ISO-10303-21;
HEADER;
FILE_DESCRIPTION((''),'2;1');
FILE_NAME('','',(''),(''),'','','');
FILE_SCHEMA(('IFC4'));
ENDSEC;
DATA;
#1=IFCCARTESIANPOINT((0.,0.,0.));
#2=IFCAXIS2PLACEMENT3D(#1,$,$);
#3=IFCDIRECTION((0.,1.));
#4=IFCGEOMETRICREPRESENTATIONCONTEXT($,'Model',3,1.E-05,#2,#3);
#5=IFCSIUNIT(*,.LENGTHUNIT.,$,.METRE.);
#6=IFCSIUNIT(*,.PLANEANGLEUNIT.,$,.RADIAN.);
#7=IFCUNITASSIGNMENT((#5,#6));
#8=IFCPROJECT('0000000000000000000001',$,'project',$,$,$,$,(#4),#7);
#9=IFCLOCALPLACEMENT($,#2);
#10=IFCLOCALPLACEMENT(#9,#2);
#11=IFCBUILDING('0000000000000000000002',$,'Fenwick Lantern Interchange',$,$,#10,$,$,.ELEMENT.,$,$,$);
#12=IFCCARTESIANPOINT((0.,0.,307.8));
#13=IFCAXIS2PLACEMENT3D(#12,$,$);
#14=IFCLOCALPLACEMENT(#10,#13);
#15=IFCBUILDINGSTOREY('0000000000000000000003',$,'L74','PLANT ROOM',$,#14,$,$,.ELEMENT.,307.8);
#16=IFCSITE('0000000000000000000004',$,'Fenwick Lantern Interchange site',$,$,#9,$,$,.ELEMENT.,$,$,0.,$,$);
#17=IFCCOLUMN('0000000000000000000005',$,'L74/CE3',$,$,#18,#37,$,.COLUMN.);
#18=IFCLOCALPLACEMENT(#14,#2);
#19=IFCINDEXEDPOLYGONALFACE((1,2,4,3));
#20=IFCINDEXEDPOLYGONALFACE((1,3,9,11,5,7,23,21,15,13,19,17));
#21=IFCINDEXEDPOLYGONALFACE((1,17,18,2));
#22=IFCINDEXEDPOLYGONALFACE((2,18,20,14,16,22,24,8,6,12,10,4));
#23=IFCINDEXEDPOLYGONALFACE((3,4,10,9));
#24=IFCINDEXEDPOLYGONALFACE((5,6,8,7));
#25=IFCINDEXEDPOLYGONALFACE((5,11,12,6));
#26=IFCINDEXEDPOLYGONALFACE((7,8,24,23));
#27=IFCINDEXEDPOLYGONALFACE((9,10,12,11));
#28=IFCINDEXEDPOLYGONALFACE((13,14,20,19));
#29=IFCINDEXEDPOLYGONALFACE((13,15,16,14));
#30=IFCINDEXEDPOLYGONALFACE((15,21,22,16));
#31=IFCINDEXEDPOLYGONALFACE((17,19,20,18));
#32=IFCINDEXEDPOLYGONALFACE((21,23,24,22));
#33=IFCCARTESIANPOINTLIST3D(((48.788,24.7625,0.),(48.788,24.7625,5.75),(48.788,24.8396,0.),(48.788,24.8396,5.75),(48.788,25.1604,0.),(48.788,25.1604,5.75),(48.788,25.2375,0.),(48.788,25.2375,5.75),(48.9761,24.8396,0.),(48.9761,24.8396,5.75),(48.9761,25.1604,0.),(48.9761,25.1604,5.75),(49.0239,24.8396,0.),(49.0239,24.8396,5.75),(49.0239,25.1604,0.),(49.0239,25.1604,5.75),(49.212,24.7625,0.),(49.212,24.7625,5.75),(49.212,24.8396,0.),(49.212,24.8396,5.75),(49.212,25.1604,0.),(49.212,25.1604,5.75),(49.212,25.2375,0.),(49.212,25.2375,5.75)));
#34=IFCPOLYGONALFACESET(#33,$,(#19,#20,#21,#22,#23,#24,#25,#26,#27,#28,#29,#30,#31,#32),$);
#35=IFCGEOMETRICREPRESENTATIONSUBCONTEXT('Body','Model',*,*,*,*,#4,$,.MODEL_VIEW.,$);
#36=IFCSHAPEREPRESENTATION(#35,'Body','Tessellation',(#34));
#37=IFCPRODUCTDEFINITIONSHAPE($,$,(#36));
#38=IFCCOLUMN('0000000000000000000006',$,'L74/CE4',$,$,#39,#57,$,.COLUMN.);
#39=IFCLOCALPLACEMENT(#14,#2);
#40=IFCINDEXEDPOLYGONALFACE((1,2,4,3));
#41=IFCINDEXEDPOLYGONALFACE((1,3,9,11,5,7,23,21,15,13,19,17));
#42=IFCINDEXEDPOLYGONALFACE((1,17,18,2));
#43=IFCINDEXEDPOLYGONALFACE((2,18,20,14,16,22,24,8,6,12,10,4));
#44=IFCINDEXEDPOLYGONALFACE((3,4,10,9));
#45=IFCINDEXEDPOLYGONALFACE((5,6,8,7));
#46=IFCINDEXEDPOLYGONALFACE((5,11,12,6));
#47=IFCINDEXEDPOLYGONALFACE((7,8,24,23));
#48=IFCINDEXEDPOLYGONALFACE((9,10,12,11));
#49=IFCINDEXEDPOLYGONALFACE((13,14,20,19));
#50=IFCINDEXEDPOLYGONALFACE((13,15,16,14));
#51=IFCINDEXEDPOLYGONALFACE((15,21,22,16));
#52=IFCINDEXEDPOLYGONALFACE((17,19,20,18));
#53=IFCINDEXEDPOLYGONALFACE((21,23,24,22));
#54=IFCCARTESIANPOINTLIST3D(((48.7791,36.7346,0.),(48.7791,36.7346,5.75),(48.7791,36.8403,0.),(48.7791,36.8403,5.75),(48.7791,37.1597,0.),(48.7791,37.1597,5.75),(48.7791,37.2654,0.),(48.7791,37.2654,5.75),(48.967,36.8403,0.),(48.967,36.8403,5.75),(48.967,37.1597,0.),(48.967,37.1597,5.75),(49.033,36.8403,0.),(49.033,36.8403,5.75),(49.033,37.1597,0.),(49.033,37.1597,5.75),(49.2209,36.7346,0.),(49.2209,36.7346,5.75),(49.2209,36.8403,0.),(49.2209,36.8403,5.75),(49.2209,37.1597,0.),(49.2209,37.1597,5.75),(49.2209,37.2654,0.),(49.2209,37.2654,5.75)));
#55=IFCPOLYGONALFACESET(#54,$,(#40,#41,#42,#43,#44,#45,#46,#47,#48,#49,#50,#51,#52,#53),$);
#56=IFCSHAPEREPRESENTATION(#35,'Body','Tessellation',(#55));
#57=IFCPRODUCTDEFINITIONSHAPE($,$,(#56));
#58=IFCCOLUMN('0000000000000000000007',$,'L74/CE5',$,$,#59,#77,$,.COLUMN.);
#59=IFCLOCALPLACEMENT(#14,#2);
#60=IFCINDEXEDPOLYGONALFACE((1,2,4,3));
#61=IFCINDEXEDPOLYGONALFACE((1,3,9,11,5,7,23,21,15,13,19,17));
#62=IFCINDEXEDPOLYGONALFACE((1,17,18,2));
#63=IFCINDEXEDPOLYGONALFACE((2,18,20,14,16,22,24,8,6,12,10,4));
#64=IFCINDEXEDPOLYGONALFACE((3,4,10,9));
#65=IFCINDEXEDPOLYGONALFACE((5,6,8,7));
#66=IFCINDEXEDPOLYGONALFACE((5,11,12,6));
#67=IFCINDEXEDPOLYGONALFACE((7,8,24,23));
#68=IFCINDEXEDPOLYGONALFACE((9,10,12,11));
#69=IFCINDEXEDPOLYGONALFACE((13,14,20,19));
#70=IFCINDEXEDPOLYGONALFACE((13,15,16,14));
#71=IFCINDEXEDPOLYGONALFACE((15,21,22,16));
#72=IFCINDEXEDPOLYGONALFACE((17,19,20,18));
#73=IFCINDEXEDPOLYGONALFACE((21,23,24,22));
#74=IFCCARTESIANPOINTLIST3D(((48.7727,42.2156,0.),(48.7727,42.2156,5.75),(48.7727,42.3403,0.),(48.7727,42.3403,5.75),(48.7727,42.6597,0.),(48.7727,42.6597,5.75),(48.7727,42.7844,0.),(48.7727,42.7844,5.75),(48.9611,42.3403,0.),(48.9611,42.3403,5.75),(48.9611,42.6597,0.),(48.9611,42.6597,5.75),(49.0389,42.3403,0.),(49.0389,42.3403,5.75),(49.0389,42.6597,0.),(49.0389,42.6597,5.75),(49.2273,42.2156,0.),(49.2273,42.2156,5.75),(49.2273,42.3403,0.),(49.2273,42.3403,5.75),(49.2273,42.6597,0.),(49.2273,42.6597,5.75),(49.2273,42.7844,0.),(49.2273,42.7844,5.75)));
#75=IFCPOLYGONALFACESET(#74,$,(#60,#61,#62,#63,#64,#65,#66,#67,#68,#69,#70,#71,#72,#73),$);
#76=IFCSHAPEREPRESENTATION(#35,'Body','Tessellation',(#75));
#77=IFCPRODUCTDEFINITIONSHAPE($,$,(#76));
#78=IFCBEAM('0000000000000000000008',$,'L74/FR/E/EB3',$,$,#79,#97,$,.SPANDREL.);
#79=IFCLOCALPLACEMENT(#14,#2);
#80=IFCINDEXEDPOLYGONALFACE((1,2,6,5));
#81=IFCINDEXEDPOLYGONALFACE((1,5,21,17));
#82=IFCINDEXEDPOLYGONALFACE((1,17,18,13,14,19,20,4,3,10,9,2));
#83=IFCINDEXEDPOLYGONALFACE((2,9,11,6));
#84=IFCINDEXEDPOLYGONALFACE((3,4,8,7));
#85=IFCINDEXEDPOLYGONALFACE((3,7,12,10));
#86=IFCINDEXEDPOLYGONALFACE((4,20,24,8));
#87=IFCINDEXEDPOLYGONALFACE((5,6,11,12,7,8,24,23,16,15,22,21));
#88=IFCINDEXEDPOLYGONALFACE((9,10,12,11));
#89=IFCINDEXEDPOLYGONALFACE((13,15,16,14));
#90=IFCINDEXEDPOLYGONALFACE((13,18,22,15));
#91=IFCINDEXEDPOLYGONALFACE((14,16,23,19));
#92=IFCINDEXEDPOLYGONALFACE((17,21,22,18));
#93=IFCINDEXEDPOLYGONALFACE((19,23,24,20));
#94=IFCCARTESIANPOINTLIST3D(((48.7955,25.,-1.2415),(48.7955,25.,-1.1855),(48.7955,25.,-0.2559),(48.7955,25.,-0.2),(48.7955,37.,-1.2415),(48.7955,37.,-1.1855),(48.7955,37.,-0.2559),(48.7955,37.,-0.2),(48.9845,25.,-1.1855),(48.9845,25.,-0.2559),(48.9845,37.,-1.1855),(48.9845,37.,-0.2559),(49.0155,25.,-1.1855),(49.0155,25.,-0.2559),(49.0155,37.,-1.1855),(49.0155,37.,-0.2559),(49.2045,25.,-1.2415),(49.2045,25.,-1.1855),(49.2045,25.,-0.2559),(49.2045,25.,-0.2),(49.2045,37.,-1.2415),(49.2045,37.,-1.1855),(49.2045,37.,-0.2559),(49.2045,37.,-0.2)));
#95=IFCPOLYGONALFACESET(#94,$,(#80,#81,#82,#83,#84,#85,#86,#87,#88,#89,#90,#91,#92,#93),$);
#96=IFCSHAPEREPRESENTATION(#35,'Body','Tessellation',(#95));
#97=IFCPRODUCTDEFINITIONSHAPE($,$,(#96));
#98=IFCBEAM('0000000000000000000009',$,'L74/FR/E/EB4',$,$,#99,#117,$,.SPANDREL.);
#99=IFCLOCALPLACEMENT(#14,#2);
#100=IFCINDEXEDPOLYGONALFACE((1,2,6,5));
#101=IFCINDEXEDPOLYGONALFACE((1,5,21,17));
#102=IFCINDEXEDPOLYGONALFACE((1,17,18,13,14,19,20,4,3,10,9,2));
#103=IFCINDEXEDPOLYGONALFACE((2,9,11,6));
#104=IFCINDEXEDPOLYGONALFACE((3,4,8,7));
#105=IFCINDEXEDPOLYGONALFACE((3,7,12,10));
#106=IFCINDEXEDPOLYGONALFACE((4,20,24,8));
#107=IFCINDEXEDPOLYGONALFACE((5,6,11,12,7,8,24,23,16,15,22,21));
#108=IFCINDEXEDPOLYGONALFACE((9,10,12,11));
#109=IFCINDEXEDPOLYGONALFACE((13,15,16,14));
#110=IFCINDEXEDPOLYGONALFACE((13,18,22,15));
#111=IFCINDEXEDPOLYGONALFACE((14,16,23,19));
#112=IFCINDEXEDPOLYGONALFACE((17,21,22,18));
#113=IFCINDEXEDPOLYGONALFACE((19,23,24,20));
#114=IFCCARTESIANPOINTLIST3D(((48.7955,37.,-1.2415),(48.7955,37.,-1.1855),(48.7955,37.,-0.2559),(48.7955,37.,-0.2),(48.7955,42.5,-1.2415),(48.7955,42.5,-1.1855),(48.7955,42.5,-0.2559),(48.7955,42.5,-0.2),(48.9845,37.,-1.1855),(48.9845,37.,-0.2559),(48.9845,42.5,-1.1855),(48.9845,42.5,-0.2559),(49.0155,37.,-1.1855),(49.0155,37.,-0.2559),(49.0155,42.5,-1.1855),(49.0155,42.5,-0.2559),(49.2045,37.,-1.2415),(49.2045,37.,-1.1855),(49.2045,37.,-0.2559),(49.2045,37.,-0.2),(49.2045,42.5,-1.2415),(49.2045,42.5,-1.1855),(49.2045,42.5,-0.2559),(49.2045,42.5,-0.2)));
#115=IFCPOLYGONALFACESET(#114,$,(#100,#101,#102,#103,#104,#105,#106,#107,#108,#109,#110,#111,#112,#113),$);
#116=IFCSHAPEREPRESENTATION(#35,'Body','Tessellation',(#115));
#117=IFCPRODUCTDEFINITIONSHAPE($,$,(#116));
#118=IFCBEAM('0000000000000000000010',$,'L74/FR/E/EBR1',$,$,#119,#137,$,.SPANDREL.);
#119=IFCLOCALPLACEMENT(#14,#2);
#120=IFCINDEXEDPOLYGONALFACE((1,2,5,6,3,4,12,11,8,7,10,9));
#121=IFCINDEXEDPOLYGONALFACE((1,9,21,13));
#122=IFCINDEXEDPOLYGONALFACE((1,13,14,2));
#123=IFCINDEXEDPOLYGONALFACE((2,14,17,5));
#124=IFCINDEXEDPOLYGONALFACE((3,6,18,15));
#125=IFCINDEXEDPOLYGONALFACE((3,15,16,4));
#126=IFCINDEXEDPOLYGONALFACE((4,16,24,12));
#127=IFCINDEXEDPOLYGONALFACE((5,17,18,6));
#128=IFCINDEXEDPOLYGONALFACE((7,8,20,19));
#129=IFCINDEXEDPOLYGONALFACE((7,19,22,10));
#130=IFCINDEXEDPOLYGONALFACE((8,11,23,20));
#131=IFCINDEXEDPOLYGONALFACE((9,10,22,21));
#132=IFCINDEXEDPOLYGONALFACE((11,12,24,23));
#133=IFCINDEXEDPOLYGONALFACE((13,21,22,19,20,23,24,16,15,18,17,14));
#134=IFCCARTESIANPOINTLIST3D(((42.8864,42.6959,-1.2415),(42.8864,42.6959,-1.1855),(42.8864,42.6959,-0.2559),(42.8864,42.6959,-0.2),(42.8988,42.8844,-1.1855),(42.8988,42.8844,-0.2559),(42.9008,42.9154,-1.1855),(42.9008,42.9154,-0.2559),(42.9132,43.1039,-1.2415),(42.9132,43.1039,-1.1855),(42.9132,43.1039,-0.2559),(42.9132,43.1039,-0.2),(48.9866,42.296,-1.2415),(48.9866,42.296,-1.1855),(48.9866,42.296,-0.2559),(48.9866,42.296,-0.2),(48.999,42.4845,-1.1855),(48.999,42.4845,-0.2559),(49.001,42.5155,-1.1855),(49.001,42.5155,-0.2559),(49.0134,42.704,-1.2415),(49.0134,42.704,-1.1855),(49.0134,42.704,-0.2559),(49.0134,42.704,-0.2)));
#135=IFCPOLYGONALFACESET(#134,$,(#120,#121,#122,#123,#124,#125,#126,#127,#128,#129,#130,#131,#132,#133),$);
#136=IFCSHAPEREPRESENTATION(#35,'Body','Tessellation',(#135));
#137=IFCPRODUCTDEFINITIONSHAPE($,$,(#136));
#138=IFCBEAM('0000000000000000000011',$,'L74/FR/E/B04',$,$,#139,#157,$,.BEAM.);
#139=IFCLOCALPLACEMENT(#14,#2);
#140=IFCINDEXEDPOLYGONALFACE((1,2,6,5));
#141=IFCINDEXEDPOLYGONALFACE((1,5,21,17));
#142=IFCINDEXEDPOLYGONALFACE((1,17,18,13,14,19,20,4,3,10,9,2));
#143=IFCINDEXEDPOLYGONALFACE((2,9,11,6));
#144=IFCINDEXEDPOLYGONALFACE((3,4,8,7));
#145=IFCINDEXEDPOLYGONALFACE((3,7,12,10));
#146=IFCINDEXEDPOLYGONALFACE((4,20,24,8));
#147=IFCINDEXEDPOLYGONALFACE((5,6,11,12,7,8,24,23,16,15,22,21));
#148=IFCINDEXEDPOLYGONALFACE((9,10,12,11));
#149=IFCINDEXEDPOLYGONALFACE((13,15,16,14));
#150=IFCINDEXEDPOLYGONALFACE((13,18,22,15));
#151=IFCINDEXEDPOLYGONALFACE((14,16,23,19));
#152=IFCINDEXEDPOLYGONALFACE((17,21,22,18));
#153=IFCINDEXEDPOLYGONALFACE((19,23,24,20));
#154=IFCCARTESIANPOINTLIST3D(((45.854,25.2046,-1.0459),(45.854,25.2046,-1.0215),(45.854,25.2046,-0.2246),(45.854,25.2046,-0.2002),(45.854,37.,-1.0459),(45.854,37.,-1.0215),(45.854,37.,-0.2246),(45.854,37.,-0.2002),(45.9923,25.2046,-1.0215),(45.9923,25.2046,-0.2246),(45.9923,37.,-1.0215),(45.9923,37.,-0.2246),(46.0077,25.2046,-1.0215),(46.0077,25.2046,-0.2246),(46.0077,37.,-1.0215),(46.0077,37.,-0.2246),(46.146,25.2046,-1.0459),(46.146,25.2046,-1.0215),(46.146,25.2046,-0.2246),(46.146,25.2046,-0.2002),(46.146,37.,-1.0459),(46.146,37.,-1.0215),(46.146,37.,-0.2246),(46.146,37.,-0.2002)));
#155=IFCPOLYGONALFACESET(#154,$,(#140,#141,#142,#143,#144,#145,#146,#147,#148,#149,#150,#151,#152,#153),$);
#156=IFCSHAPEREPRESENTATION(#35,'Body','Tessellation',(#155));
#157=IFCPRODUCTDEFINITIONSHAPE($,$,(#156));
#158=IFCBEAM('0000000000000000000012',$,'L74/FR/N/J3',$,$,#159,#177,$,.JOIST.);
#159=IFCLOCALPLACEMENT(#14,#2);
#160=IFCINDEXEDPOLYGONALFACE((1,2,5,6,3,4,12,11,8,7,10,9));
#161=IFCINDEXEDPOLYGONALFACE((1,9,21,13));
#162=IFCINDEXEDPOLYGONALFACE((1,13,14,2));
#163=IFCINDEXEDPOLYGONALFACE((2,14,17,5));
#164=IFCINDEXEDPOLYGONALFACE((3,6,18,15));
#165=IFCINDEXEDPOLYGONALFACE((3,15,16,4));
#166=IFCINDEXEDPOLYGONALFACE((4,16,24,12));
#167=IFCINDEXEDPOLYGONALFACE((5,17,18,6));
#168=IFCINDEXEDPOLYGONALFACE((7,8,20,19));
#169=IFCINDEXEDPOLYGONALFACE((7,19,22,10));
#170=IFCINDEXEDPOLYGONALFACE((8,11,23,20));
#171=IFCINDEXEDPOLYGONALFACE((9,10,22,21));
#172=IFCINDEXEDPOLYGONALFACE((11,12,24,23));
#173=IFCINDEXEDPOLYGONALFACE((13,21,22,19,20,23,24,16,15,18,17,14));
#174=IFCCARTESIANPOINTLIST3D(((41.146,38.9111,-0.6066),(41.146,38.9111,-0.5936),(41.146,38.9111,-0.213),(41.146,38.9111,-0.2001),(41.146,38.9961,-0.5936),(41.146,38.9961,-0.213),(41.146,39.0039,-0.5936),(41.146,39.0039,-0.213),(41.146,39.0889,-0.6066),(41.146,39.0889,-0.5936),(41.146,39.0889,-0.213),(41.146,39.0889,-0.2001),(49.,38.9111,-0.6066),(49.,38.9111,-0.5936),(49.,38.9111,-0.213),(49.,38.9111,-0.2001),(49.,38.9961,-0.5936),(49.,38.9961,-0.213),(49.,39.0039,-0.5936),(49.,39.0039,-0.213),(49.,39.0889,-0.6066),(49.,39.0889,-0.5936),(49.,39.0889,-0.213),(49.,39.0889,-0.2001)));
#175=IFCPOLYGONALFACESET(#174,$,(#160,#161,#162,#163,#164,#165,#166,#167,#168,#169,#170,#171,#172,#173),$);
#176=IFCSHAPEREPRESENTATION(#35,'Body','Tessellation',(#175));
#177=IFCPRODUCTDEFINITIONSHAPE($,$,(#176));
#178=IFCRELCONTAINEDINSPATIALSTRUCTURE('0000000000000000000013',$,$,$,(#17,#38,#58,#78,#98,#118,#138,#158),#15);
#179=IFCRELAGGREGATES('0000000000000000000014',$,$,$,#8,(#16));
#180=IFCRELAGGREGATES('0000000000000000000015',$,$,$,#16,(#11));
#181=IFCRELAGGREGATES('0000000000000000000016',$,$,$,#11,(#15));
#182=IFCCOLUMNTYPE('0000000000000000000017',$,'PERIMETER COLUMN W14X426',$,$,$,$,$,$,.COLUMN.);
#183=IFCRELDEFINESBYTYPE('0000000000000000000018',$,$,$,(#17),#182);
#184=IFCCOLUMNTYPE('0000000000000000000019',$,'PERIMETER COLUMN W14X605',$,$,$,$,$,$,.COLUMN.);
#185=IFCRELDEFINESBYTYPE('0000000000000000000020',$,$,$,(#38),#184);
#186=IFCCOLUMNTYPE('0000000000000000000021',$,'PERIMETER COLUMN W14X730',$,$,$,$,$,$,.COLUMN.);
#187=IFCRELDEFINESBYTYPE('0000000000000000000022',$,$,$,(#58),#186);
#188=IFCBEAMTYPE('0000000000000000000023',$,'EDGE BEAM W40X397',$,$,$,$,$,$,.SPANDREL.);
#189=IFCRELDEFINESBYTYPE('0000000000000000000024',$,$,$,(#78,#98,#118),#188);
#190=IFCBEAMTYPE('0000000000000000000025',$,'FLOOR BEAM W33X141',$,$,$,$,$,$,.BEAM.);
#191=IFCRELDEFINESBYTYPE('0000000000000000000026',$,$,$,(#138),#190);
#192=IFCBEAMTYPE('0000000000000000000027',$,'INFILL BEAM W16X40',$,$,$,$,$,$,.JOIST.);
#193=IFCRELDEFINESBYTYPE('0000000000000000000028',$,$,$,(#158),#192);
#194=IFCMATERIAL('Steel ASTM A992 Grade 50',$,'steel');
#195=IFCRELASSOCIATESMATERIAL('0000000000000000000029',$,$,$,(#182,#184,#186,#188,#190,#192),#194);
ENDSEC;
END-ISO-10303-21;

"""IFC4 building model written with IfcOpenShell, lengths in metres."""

from ifc_helpers import new_model, si_unit, direction, frame, origin, origin_2d, place, context, subcontext, project, spatial, i_section, extrude, material, material_profile, profile_set, type_object, element, save


model = new_model("IFC4")

# Units and contexts
model_context = context("Model", 3, precision=1e-05, world=origin(), true_north=direction((0.0, 1.0)))
body_context = subcontext(model_context, "Body", "Model", "MODEL_VIEW")
ifc_project = project(units=[si_unit("LENGTHUNIT", "METRE"), si_unit("PLANEANGLEUNIT", "RADIAN")], contexts=[model_context])

# Site, building, storey
site_placement = place(None, origin())
site = spatial("IfcSite", under=ifc_project, at=site_placement, Name="Fenwick Lantern Interchange site", CompositionType="ELEMENT", RefElevation=0.0)
building_placement = place(site_placement, origin())
building = spatial("IfcBuilding", under=site, at=building_placement, Name="Fenwick Lantern Interchange", CompositionType="ELEMENT")
storey_placement = place(building_placement, frame((0.0, 0.0, 307.8)))
storey = spatial("IfcBuildingStorey", under=building, at=storey_placement, Name="L74", Description="PLANT ROOM", CompositionType="ELEMENT", Elevation=307.8)

# Columns
ifc_material_1 = material(Name="Steel ASTM A992 Grade 50", Category="steel")
ifc_material_profile_1 = material_profile(ifc_material_1, i_section(OverallWidth=0.4241, OverallDepth=0.4751, WebThickness=0.0479, FlangeThickness=0.0771, at=origin_2d()), Name="W14X426")
ifc_profile_set_1 = profile_set([ifc_material_profile_1], Name="Steel ASTM A992 Grade 50")
column_type_1 = type_object("IfcColumnType", Name="PERIMETER COLUMN W14X426", PredefinedType="COLUMN", material=ifc_profile_set_1)
column_1_placement = place(storey_placement, frame((49.0, 25.0, 0.0), z_axis=(0.0, 0.0, 1.0), x_axis=(1.0, 0.0, 0.0)))
element("IfcColumn", 1, at=column_1_placement, inside=storey, type_object=column_type_1, Name="L74/CE3", PredefinedType="COLUMN", context=body_context, shape_type="SweptSolid", body=[
    extrude(i_section(OverallWidth=0.4241, OverallDepth=0.4751, WebThickness=0.0479, FlangeThickness=0.0771, at=origin_2d()), origin(), (0.0, 0.0, 1.0), 5.75),
])
ifc_material_profile_2 = material_profile(ifc_material_1, i_section(OverallWidth=0.4419, OverallDepth=0.5308, WebThickness=0.0659, FlangeThickness=0.1057, at=origin_2d()), Name="W14X605")
ifc_profile_set_2 = profile_set([ifc_material_profile_2], Name="Steel ASTM A992 Grade 50")
column_type_2 = type_object("IfcColumnType", Name="PERIMETER COLUMN W14X605", PredefinedType="COLUMN", material=ifc_profile_set_2)
column_2_placement = place(storey_placement, frame((49.0, 37.0, 0.0), z_axis=(0.0, 0.0, 1.0), x_axis=(1.0, 0.0, 0.0)))
element("IfcColumn", 2, at=column_2_placement, inside=storey, type_object=column_type_2, Name="L74/CE4", PredefinedType="COLUMN", context=body_context, shape_type="SweptSolid", body=[
    extrude(i_section(OverallWidth=0.4419, OverallDepth=0.5308, WebThickness=0.0659, FlangeThickness=0.1057, at=origin_2d()), origin(), (0.0, 0.0, 1.0), 5.75),
])
ifc_material_profile_3 = material_profile(ifc_material_1, i_section(OverallWidth=0.4546, OverallDepth=0.5688, WebThickness=0.0779, FlangeThickness=0.1248, at=origin_2d()), Name="W14X730")
ifc_profile_set_3 = profile_set([ifc_material_profile_3], Name="Steel ASTM A992 Grade 50")
column_type_3 = type_object("IfcColumnType", Name="PERIMETER COLUMN W14X730", PredefinedType="COLUMN", material=ifc_profile_set_3)
column_3_placement = place(storey_placement, frame((49.0, 42.5, 0.0), z_axis=(0.0, 0.0, 1.0), x_axis=(1.0, 0.0, 0.0)))
element("IfcColumn", 3, at=column_3_placement, inside=storey, type_object=column_type_3, Name="L74/CE5", PredefinedType="COLUMN", context=body_context, shape_type="SweptSolid", body=[
    extrude(i_section(OverallWidth=0.4546, OverallDepth=0.5688, WebThickness=0.0779, FlangeThickness=0.1248, at=origin_2d()), origin(), (0.0, 0.0, 1.0), 5.75),
])

# Beams
ifc_material_profile_4 = material_profile(ifc_material_1, i_section(OverallWidth=0.4089, OverallDepth=1.0415, WebThickness=0.031, FlangeThickness=0.0559, at=origin_2d()), Name="W40X397")
ifc_profile_set_4 = profile_set([ifc_material_profile_4], Name="Steel ASTM A992 Grade 50")
beam_type_1 = type_object("IfcBeamType", Name="EDGE BEAM W40X397", PredefinedType="SPANDREL", material=ifc_profile_set_4)
beam_1_placement = place(storey_placement, frame((49.0, 25.0, -0.7207), z_axis=(0.0, 1.0, 0.0), x_axis=(-1.0, 0.0, 0.0)))
element("IfcBeam", 4, at=beam_1_placement, inside=storey, type_object=beam_type_1, Name="L74/FR/E/EB3", PredefinedType="SPANDREL", context=body_context, shape_type="SweptSolid", body=[
    extrude(i_section(OverallWidth=0.4089, OverallDepth=1.0415, WebThickness=0.031, FlangeThickness=0.0559, at=origin_2d()), origin(), (0.0, 0.0, 1.0), 12.0),
])
beam_2_placement = place(storey_placement, frame((49.0, 37.0, -0.7207), z_axis=(0.0, 1.0, 0.0), x_axis=(-1.0, 0.0, 0.0)))
element("IfcBeam", 5, at=beam_2_placement, inside=storey, type_object=beam_type_1, Name="L74/FR/E/EB4", PredefinedType="SPANDREL", context=body_context, shape_type="SweptSolid", body=[
    extrude(i_section(OverallWidth=0.4089, OverallDepth=1.0415, WebThickness=0.031, FlangeThickness=0.0559, at=origin_2d()), origin(), (0.0, 0.0, 1.0), 5.5),
])
beam_3_placement = place(storey_placement, frame((49.0, 42.5, -0.7207), z_axis=(-0.997858, 0.065416, 0.0), x_axis=(-0.065416, -0.997858, 0.0)))
element("IfcBeam", 6, at=beam_3_placement, inside=storey, type_object=beam_type_1, Name="L74/FR/E/EBR1", PredefinedType="SPANDREL", context=body_context, shape_type="SweptSolid", body=[
    extrude(i_section(OverallWidth=0.4089, OverallDepth=1.0415, WebThickness=0.031, FlangeThickness=0.0559, at=origin_2d()), origin(), (0.0, 0.0, 1.0), 6.1133),
])
ifc_material_profile_5 = material_profile(ifc_material_1, i_section(OverallWidth=0.292, OverallDepth=0.8457, WebThickness=0.0154, FlangeThickness=0.0244, at=origin_2d()), Name="W33X141")
ifc_profile_set_5 = profile_set([ifc_material_profile_5], Name="Steel ASTM A992 Grade 50")
beam_type_2 = type_object("IfcBeamType", Name="FLOOR BEAM W33X141", PredefinedType="BEAM", material=ifc_profile_set_5)
beam_4_placement = place(storey_placement, frame((46.0, 25.2046, -0.623), z_axis=(0.0, 1.0, 0.0), x_axis=(-1.0, 0.0, 0.0)))
element("IfcBeam", 7, at=beam_4_placement, inside=storey, type_object=beam_type_2, Name="L74/FR/E/B04", PredefinedType="BEAM", context=body_context, shape_type="SweptSolid", body=[
    extrude(i_section(OverallWidth=0.292, OverallDepth=0.8457, WebThickness=0.0154, FlangeThickness=0.0244, at=origin_2d()), origin(), (0.0, 0.0, 1.0), 11.7954),
])
ifc_material_profile_6 = material_profile(ifc_material_1, i_section(OverallWidth=0.1777, OverallDepth=0.4065, WebThickness=0.0078, FlangeThickness=0.0129, at=origin_2d()), Name="W16X40")
ifc_profile_set_6 = profile_set([ifc_material_profile_6], Name="Steel ASTM A992 Grade 50")
beam_type_3 = type_object("IfcBeamType", Name="INFILL BEAM W16X40", PredefinedType="JOIST", material=ifc_profile_set_6)
beam_5_placement = place(storey_placement, frame((49.0, 39.0, -0.4033), z_axis=(-1.0, 0.0, 0.0), x_axis=(0.0, -1.0, 0.0)))
element("IfcBeam", 8, at=beam_5_placement, inside=storey, type_object=beam_type_3, Name="L74/FR/N/J3", PredefinedType="JOIST", context=body_context, shape_type="SweptSolid", body=[
    extrude(i_section(OverallWidth=0.1777, OverallDepth=0.4065, WebThickness=0.0078, FlangeThickness=0.0129, at=origin_2d()), origin(), (0.0, 0.0, 1.0), 7.854),
])

save(model, "model.ifc")
